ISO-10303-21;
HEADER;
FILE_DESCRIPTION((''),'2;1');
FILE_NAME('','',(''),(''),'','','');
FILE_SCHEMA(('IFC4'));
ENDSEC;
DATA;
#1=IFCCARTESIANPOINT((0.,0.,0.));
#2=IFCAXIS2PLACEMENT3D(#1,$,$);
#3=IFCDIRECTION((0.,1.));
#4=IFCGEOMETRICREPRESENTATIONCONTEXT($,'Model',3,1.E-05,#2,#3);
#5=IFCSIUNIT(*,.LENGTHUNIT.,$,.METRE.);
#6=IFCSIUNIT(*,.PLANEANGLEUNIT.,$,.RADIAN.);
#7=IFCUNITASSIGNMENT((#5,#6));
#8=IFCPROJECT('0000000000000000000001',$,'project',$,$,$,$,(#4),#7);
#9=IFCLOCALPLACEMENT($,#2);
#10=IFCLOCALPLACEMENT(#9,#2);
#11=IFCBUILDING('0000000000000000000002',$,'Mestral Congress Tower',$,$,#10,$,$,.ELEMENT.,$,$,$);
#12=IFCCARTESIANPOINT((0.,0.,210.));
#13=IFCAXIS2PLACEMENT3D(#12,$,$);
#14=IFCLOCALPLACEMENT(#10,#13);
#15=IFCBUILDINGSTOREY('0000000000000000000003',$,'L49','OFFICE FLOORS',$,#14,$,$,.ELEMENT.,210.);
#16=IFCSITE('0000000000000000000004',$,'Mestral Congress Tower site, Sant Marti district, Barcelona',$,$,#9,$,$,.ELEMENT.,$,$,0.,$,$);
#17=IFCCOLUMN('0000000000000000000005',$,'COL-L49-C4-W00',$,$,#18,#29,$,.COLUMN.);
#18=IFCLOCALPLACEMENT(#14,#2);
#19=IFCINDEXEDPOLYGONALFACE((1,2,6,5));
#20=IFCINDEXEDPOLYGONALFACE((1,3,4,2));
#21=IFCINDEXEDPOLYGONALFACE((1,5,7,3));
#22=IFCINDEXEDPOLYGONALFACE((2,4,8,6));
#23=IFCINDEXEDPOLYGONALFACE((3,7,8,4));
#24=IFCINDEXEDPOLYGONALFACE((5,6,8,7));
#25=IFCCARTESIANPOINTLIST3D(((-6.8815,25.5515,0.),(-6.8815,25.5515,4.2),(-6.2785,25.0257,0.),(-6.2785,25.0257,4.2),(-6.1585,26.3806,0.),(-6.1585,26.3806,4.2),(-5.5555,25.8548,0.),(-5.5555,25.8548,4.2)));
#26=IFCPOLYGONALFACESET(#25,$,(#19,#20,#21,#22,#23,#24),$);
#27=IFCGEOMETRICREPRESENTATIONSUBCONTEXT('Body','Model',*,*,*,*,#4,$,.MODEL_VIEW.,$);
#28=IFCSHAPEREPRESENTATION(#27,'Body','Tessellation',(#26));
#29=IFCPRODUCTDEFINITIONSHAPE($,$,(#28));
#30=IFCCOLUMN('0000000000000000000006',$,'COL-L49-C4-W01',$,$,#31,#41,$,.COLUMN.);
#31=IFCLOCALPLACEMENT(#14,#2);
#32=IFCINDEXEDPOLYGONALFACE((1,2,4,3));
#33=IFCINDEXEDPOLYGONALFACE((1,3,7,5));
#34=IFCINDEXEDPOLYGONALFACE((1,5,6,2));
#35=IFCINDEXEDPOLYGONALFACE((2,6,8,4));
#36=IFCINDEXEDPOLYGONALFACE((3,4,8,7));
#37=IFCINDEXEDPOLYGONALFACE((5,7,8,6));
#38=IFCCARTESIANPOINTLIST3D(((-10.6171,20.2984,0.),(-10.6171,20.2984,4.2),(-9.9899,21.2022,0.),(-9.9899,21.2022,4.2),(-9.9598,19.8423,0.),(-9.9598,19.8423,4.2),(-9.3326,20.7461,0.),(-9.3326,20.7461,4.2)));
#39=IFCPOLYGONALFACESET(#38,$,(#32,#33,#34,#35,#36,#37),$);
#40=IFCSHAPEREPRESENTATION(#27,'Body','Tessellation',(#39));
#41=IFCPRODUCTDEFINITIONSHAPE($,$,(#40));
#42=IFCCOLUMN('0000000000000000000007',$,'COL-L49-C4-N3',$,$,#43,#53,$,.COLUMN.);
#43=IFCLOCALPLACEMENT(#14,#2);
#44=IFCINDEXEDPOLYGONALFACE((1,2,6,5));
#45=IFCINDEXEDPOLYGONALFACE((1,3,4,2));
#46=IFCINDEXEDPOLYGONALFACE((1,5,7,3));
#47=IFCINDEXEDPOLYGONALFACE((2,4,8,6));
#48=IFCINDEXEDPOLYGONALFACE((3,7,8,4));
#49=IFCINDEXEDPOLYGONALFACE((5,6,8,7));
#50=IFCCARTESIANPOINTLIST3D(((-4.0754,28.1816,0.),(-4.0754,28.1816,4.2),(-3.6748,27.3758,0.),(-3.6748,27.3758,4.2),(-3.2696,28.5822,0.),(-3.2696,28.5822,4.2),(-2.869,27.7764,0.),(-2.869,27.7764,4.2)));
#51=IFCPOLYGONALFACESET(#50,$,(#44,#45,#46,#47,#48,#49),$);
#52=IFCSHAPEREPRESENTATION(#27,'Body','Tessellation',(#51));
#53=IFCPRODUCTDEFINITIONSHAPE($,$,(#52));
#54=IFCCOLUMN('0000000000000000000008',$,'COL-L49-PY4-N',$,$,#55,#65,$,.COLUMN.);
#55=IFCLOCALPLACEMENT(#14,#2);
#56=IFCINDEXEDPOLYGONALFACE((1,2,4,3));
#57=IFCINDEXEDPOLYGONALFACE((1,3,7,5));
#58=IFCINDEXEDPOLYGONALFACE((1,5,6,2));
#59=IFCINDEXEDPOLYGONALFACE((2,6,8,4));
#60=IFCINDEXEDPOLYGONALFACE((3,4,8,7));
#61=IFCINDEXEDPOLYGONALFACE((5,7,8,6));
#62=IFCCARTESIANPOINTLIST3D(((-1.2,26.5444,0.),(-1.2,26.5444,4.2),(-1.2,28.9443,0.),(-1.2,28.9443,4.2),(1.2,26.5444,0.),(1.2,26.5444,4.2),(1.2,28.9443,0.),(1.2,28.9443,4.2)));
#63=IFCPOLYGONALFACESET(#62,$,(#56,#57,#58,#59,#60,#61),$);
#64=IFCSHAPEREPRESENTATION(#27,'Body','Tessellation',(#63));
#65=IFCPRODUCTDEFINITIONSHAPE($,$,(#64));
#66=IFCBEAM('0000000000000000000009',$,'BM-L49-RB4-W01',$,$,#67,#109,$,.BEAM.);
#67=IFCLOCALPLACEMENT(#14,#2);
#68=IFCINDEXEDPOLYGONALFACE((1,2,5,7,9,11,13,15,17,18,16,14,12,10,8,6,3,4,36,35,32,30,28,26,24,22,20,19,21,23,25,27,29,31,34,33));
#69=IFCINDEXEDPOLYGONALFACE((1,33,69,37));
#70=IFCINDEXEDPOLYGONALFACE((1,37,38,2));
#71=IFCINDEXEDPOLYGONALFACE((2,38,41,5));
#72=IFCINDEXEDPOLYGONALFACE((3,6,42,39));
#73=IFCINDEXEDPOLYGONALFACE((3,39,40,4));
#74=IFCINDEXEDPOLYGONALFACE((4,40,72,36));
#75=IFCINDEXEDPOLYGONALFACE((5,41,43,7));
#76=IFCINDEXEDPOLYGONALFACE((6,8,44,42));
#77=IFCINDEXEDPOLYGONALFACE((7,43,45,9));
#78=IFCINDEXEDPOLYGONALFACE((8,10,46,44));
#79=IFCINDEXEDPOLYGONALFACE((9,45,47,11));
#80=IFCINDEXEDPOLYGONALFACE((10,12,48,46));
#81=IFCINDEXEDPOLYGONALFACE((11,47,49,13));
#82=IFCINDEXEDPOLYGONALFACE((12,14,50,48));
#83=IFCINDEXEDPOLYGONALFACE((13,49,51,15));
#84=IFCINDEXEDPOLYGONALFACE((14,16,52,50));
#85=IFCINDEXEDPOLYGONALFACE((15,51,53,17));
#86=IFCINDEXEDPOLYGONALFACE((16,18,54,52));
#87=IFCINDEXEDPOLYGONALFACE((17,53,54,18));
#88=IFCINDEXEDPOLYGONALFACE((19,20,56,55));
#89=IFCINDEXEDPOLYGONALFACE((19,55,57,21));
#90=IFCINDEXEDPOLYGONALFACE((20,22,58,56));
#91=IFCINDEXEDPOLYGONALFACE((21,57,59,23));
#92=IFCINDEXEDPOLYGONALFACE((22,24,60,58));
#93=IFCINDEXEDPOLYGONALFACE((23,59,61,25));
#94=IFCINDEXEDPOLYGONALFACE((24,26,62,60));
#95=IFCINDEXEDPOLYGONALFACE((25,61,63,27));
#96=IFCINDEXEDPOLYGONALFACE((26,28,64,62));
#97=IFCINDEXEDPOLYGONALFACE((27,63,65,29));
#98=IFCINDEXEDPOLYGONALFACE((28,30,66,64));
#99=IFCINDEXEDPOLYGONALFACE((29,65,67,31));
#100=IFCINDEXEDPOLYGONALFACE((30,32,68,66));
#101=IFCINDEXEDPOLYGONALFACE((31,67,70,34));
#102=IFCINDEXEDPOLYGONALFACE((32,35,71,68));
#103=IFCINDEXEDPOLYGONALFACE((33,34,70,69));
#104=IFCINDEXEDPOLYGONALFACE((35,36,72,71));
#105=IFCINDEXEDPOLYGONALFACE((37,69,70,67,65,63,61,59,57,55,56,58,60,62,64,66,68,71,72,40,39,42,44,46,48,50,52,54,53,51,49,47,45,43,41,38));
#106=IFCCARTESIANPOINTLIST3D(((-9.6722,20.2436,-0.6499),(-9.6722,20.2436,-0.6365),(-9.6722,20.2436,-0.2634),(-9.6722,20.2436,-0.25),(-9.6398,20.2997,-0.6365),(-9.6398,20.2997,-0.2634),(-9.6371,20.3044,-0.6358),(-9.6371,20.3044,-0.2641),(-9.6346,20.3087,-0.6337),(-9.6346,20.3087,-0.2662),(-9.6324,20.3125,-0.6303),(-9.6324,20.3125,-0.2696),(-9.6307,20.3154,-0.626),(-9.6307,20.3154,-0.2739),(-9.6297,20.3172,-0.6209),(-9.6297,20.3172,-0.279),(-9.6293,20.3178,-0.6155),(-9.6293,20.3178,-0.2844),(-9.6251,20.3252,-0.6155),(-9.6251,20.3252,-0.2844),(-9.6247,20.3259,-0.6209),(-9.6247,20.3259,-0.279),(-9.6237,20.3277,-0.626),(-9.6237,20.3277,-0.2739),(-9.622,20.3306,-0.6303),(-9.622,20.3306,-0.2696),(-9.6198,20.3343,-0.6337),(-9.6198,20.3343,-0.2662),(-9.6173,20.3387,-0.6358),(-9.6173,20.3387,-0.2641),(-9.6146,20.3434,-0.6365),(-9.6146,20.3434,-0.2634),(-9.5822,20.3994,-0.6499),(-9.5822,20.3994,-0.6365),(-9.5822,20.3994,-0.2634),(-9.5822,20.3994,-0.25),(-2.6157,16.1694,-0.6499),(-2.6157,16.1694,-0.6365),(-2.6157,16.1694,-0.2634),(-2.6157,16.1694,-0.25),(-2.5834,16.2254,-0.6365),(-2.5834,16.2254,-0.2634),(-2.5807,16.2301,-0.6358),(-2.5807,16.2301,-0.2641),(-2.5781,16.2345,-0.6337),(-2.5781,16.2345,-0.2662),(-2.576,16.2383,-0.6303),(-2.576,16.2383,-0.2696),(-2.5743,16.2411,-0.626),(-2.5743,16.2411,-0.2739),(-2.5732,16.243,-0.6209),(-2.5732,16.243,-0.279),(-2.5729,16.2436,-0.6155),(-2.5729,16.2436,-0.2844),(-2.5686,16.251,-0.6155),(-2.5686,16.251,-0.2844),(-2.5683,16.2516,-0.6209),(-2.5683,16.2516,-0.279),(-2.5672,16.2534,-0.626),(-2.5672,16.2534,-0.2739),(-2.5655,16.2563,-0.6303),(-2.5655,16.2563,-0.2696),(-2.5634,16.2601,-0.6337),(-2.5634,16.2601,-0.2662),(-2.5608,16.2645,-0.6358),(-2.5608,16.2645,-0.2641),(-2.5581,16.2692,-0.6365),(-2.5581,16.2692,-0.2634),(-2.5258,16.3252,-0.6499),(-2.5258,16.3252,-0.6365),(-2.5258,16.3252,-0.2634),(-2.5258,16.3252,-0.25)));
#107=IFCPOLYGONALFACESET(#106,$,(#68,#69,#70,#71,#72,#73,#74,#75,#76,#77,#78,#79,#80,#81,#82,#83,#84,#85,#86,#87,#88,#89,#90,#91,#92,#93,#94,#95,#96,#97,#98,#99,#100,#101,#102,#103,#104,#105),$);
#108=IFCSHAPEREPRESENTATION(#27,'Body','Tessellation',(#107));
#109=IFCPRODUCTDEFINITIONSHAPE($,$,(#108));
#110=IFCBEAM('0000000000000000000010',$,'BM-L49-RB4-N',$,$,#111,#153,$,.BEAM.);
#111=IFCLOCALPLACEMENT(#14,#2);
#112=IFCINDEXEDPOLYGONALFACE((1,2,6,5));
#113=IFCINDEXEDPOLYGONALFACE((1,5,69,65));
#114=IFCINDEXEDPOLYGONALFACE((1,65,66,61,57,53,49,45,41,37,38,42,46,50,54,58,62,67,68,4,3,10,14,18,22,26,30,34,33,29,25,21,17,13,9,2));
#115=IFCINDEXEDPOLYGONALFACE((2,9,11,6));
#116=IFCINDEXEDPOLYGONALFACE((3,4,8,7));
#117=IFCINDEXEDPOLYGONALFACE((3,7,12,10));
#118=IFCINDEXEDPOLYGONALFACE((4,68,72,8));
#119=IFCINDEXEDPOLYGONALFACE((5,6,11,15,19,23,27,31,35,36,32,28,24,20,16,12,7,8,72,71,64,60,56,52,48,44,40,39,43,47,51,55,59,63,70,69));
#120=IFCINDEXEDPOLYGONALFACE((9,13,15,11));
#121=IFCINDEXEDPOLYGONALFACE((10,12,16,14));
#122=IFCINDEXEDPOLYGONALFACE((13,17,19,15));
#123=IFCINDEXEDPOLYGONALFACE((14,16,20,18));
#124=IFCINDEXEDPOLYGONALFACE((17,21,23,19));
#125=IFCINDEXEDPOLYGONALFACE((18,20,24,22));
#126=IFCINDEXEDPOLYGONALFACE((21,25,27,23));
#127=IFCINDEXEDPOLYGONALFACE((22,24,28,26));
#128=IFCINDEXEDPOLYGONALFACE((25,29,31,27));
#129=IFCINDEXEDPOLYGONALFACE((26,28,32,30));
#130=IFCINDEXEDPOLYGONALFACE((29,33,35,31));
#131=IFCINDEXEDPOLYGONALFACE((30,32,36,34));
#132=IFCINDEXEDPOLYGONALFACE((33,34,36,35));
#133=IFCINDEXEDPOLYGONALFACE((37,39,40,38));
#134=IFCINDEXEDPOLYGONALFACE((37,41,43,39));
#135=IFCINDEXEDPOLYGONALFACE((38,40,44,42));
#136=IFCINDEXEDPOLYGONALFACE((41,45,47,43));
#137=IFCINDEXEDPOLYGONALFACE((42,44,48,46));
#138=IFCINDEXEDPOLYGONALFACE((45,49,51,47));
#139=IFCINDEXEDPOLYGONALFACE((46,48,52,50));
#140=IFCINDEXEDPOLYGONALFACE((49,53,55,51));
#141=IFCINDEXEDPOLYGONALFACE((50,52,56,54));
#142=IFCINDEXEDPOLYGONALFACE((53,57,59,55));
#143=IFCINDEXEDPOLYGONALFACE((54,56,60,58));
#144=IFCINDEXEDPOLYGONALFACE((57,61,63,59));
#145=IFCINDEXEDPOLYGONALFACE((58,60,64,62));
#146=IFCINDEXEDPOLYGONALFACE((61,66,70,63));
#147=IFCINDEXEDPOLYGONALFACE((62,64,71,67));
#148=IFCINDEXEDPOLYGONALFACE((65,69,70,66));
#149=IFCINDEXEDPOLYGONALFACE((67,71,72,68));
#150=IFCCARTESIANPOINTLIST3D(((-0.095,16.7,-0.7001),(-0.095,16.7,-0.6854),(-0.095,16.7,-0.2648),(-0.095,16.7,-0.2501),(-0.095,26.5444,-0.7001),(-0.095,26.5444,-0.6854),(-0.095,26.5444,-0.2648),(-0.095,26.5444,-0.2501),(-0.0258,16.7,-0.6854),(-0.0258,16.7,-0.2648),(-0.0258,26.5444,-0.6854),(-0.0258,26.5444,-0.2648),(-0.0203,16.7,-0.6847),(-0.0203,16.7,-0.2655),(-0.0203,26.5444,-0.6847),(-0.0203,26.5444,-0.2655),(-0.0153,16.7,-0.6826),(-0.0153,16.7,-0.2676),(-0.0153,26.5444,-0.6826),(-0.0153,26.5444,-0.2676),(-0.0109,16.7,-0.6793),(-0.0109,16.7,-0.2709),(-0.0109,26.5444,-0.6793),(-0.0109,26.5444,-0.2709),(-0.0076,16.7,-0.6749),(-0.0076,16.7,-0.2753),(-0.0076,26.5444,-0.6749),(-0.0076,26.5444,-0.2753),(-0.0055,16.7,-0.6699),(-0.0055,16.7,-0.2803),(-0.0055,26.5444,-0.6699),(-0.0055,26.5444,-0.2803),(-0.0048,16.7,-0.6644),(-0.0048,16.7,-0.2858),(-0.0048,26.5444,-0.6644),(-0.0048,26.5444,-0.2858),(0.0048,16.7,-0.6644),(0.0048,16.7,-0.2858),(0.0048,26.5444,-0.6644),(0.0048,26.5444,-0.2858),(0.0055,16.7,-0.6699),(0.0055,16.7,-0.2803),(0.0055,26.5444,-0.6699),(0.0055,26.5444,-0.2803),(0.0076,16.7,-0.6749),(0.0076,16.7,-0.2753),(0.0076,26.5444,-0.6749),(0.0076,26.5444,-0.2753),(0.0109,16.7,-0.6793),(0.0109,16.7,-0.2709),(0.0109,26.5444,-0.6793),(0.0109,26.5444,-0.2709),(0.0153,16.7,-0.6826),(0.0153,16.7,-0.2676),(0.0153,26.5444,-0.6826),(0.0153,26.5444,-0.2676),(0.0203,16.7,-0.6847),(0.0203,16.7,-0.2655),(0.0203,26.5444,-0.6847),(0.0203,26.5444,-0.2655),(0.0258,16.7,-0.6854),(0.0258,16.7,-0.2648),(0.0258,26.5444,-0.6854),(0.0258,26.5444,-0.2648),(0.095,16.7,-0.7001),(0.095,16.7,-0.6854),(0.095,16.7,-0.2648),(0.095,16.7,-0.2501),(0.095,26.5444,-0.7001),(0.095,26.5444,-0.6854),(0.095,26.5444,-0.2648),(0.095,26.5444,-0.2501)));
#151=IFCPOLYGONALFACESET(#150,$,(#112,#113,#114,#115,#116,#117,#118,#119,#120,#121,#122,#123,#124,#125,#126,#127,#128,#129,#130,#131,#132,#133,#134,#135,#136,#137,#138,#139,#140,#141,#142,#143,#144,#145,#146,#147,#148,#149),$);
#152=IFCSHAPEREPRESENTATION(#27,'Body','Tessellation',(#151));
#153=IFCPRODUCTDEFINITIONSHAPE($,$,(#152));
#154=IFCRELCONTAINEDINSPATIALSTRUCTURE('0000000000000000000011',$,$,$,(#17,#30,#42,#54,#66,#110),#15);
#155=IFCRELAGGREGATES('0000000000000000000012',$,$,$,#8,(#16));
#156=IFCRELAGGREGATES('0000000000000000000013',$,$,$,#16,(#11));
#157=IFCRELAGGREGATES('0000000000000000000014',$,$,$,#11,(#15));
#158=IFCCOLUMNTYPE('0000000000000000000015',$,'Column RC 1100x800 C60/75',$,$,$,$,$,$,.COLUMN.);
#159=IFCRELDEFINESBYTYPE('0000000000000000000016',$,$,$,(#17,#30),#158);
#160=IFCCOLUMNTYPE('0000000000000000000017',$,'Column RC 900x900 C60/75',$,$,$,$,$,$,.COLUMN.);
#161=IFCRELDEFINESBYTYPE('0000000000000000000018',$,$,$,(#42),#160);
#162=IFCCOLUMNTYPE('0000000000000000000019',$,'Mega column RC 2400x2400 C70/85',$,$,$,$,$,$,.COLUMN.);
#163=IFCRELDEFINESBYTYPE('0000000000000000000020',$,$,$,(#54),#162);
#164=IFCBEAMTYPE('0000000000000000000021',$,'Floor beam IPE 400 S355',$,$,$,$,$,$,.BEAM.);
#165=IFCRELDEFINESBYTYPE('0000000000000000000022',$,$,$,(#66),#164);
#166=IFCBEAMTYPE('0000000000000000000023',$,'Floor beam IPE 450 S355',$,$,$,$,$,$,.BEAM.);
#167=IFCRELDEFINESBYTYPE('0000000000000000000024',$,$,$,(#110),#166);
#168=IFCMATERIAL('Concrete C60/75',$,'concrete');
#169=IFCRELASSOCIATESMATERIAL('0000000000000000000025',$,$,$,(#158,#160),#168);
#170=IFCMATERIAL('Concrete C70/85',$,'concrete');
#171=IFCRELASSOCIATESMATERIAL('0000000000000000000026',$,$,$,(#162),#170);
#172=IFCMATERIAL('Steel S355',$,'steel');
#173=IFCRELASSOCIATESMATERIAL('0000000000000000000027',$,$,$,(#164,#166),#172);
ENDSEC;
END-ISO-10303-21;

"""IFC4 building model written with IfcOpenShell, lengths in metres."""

from ifc_helpers import new_model, si_unit, direction, frame, origin, origin_2d, place, context, subcontext, project, spatial, rectangle, i_section, extrude, material, material_profile, profile_set, type_object, element, save


model = new_model("IFC4")

# Units and contexts
model_context = context("Model", 3, precision=1e-05, world=origin(), true_north=direction((0.0, 1.0)))
body_context = subcontext(model_context, "Body", "Model", "MODEL_VIEW")
ifc_project = project(units=[si_unit("LENGTHUNIT", "METRE"), si_unit("PLANEANGLEUNIT", "RADIAN")], contexts=[model_context])

# Site, building, storey
site_placement = place(None, origin())
site = spatial("IfcSite", under=ifc_project, at=site_placement, Name="Mestral Congress Tower site, Sant Marti district, Barcelona", CompositionType="ELEMENT", RefElevation=0.0)
building_placement = place(site_placement, origin())
building = spatial("IfcBuilding", under=site, at=building_placement, Name="Mestral Congress Tower", CompositionType="ELEMENT")
storey_placement = place(building_placement, frame((0.0, 0.0, 210.0)))
storey = spatial("IfcBuildingStorey", under=building, at=storey_placement, Name="L49", Description="OFFICE FLOORS", CompositionType="ELEMENT", Elevation=210.0)

# Columns
ifc_material_1 = material(Name="Concrete C60/75", Category="concrete")
ifc_material_profile_1 = material_profile(ifc_material_1, rectangle(XDim=1.1001, YDim=0.8, at=origin_2d()), Name="RC 1100x800")
ifc_profile_set_1 = profile_set([ifc_material_profile_1], Name="Concrete C60/75")
column_type_1 = type_object("IfcColumnType", Name="Column RC 1100x800 C60/75", PredefinedType="COLUMN", material=ifc_profile_set_1)
for number, where, z_axis, x_axis, name in (
    (1, (-6.2185, 25.7031, 0.0), (0.0, 0.0, 1.0), (-0.65725, -0.753672, 0.0), "COL-L49-C4-W00"),
    (2, (-9.9749, 20.5222, 0.0), (0.0, 0.0, 1.0), (-0.570084, -0.821586, 0.0), "COL-L49-C4-W01"),
):
    element("IfcColumn", number, at=place(storey_placement, frame(where, z_axis=z_axis, x_axis=x_axis)), inside=storey, type_object=column_type_1, Name=name, PredefinedType="COLUMN", context=body_context, shape_type="SweptSolid", body=[
        extrude(rectangle(XDim=1.1001, YDim=0.8, at=origin_2d()), origin(), (0.0, 0.0, 1.0), 4.2),
    ])
ifc_material_profile_2 = material_profile(ifc_material_1, rectangle(XDim=0.8999, YDim=0.8999, at=origin_2d()), Name="RC 900x900")
ifc_profile_set_2 = profile_set([ifc_material_profile_2], Name="Concrete C60/75")
column_type_2 = type_object("IfcColumnType", Name="Column RC 900x900 C60/75", PredefinedType="COLUMN", material=ifc_profile_set_2)
column_1_placement = place(storey_placement, frame((-3.4722, 27.979, 0.0), z_axis=(0.0, 0.0, 1.0), x_axis=(-0.895456, -0.445149, 0.0)))
element("IfcColumn", 3, at=column_1_placement, inside=storey, type_object=column_type_2, Name="COL-L49-C4-N3", PredefinedType="COLUMN", context=body_context, shape_type="SweptSolid", body=[
    extrude(rectangle(XDim=0.8999, YDim=0.8999, at=origin_2d()), origin(), (0.0, 0.0, 1.0), 4.2),
])
ifc_material_2 = material(Name="Concrete C70/85", Category="concrete")
ifc_material_profile_3 = material_profile(ifc_material_2, rectangle(XDim=2.3999, YDim=2.3999, at=origin_2d()), Name="RC 2400x2400")
ifc_profile_set_3 = profile_set([ifc_material_profile_3], Name="Concrete C70/85")
column_type_3 = type_object("IfcColumnType", Name="Mega column RC 2400x2400 C70/85", PredefinedType="COLUMN", material=ifc_profile_set_3)
column_2_placement = place(storey_placement, frame((0.0, 27.7444, 0.0), z_axis=(0.0, 0.0, 1.0), x_axis=(0.0, 1.0, 0.0)))
element("IfcColumn", 4, at=column_2_placement, inside=storey, type_object=column_type_3, Name="COL-L49-PY4-N", PredefinedType="COLUMN", context=body_context, shape_type="SweptSolid", body=[
    extrude(rectangle(XDim=2.3999, YDim=2.3999, at=origin_2d()), origin(), (0.0, 0.0, 1.0), 4.2),
])

# Beams
ifc_material_3 = material(Name="Steel S355", Category="steel")
ifc_material_profile_4 = material_profile(ifc_material_3, i_section(OverallWidth=0.1799, OverallDepth=0.3999, WebThickness=0.0085, FlangeThickness=0.0134, FilletRadius=0.021, at=origin_2d()), Name="IPE 400")
ifc_profile_set_4 = profile_set([ifc_material_profile_4], Name="Steel S355")
beam_type_1 = type_object("IfcBeamType", Name="Floor beam IPE 400 S355", PredefinedType="BEAM", material=ifc_profile_set_4)
beam_1_placement = place(storey_placement, frame((-9.6272, 20.3215, -0.45), z_axis=(0.866014, -0.500019, 0.0), x_axis=(0.500019, 0.866014, 0.0)))
element("IfcBeam", 5, at=beam_1_placement, inside=storey, type_object=beam_type_1, Name="BM-L49-RB4-W01", PredefinedType="BEAM", context=body_context, shape_type="SweptSolid", body=[
    extrude(i_section(OverallWidth=0.1799, OverallDepth=0.3999, WebThickness=0.0085, FlangeThickness=0.0134, FilletRadius=0.021, at=origin_2d()), origin(), (0.0, 0.0, 1.0), 8.1482),
])
ifc_material_profile_5 = material_profile(ifc_material_3, i_section(OverallWidth=0.1899, OverallDepth=0.45, WebThickness=0.0095, FlangeThickness=0.0146, FilletRadius=0.021, at=origin_2d()), Name="IPE 450")
ifc_profile_set_5 = profile_set([ifc_material_profile_5], Name="Steel S355")
beam_type_2 = type_object("IfcBeamType", Name="Floor beam IPE 450 S355", PredefinedType="BEAM", material=ifc_profile_set_5)
beam_2_placement = place(storey_placement, frame((0.0, 26.5444, -0.4751), z_axis=(0.0, -1.0, 0.0), x_axis=(1.0, 0.0, 0.0)))
element("IfcBeam", 6, at=beam_2_placement, inside=storey, type_object=beam_type_2, Name="BM-L49-RB4-N", PredefinedType="BEAM", context=body_context, shape_type="SweptSolid", body=[
    extrude(i_section(OverallWidth=0.1899, OverallDepth=0.45, WebThickness=0.0095, FlangeThickness=0.0146, FilletRadius=0.021, at=origin_2d()), origin(), (0.0, 0.0, 1.0), 9.8445),
])

save(model, "model.ifc")
